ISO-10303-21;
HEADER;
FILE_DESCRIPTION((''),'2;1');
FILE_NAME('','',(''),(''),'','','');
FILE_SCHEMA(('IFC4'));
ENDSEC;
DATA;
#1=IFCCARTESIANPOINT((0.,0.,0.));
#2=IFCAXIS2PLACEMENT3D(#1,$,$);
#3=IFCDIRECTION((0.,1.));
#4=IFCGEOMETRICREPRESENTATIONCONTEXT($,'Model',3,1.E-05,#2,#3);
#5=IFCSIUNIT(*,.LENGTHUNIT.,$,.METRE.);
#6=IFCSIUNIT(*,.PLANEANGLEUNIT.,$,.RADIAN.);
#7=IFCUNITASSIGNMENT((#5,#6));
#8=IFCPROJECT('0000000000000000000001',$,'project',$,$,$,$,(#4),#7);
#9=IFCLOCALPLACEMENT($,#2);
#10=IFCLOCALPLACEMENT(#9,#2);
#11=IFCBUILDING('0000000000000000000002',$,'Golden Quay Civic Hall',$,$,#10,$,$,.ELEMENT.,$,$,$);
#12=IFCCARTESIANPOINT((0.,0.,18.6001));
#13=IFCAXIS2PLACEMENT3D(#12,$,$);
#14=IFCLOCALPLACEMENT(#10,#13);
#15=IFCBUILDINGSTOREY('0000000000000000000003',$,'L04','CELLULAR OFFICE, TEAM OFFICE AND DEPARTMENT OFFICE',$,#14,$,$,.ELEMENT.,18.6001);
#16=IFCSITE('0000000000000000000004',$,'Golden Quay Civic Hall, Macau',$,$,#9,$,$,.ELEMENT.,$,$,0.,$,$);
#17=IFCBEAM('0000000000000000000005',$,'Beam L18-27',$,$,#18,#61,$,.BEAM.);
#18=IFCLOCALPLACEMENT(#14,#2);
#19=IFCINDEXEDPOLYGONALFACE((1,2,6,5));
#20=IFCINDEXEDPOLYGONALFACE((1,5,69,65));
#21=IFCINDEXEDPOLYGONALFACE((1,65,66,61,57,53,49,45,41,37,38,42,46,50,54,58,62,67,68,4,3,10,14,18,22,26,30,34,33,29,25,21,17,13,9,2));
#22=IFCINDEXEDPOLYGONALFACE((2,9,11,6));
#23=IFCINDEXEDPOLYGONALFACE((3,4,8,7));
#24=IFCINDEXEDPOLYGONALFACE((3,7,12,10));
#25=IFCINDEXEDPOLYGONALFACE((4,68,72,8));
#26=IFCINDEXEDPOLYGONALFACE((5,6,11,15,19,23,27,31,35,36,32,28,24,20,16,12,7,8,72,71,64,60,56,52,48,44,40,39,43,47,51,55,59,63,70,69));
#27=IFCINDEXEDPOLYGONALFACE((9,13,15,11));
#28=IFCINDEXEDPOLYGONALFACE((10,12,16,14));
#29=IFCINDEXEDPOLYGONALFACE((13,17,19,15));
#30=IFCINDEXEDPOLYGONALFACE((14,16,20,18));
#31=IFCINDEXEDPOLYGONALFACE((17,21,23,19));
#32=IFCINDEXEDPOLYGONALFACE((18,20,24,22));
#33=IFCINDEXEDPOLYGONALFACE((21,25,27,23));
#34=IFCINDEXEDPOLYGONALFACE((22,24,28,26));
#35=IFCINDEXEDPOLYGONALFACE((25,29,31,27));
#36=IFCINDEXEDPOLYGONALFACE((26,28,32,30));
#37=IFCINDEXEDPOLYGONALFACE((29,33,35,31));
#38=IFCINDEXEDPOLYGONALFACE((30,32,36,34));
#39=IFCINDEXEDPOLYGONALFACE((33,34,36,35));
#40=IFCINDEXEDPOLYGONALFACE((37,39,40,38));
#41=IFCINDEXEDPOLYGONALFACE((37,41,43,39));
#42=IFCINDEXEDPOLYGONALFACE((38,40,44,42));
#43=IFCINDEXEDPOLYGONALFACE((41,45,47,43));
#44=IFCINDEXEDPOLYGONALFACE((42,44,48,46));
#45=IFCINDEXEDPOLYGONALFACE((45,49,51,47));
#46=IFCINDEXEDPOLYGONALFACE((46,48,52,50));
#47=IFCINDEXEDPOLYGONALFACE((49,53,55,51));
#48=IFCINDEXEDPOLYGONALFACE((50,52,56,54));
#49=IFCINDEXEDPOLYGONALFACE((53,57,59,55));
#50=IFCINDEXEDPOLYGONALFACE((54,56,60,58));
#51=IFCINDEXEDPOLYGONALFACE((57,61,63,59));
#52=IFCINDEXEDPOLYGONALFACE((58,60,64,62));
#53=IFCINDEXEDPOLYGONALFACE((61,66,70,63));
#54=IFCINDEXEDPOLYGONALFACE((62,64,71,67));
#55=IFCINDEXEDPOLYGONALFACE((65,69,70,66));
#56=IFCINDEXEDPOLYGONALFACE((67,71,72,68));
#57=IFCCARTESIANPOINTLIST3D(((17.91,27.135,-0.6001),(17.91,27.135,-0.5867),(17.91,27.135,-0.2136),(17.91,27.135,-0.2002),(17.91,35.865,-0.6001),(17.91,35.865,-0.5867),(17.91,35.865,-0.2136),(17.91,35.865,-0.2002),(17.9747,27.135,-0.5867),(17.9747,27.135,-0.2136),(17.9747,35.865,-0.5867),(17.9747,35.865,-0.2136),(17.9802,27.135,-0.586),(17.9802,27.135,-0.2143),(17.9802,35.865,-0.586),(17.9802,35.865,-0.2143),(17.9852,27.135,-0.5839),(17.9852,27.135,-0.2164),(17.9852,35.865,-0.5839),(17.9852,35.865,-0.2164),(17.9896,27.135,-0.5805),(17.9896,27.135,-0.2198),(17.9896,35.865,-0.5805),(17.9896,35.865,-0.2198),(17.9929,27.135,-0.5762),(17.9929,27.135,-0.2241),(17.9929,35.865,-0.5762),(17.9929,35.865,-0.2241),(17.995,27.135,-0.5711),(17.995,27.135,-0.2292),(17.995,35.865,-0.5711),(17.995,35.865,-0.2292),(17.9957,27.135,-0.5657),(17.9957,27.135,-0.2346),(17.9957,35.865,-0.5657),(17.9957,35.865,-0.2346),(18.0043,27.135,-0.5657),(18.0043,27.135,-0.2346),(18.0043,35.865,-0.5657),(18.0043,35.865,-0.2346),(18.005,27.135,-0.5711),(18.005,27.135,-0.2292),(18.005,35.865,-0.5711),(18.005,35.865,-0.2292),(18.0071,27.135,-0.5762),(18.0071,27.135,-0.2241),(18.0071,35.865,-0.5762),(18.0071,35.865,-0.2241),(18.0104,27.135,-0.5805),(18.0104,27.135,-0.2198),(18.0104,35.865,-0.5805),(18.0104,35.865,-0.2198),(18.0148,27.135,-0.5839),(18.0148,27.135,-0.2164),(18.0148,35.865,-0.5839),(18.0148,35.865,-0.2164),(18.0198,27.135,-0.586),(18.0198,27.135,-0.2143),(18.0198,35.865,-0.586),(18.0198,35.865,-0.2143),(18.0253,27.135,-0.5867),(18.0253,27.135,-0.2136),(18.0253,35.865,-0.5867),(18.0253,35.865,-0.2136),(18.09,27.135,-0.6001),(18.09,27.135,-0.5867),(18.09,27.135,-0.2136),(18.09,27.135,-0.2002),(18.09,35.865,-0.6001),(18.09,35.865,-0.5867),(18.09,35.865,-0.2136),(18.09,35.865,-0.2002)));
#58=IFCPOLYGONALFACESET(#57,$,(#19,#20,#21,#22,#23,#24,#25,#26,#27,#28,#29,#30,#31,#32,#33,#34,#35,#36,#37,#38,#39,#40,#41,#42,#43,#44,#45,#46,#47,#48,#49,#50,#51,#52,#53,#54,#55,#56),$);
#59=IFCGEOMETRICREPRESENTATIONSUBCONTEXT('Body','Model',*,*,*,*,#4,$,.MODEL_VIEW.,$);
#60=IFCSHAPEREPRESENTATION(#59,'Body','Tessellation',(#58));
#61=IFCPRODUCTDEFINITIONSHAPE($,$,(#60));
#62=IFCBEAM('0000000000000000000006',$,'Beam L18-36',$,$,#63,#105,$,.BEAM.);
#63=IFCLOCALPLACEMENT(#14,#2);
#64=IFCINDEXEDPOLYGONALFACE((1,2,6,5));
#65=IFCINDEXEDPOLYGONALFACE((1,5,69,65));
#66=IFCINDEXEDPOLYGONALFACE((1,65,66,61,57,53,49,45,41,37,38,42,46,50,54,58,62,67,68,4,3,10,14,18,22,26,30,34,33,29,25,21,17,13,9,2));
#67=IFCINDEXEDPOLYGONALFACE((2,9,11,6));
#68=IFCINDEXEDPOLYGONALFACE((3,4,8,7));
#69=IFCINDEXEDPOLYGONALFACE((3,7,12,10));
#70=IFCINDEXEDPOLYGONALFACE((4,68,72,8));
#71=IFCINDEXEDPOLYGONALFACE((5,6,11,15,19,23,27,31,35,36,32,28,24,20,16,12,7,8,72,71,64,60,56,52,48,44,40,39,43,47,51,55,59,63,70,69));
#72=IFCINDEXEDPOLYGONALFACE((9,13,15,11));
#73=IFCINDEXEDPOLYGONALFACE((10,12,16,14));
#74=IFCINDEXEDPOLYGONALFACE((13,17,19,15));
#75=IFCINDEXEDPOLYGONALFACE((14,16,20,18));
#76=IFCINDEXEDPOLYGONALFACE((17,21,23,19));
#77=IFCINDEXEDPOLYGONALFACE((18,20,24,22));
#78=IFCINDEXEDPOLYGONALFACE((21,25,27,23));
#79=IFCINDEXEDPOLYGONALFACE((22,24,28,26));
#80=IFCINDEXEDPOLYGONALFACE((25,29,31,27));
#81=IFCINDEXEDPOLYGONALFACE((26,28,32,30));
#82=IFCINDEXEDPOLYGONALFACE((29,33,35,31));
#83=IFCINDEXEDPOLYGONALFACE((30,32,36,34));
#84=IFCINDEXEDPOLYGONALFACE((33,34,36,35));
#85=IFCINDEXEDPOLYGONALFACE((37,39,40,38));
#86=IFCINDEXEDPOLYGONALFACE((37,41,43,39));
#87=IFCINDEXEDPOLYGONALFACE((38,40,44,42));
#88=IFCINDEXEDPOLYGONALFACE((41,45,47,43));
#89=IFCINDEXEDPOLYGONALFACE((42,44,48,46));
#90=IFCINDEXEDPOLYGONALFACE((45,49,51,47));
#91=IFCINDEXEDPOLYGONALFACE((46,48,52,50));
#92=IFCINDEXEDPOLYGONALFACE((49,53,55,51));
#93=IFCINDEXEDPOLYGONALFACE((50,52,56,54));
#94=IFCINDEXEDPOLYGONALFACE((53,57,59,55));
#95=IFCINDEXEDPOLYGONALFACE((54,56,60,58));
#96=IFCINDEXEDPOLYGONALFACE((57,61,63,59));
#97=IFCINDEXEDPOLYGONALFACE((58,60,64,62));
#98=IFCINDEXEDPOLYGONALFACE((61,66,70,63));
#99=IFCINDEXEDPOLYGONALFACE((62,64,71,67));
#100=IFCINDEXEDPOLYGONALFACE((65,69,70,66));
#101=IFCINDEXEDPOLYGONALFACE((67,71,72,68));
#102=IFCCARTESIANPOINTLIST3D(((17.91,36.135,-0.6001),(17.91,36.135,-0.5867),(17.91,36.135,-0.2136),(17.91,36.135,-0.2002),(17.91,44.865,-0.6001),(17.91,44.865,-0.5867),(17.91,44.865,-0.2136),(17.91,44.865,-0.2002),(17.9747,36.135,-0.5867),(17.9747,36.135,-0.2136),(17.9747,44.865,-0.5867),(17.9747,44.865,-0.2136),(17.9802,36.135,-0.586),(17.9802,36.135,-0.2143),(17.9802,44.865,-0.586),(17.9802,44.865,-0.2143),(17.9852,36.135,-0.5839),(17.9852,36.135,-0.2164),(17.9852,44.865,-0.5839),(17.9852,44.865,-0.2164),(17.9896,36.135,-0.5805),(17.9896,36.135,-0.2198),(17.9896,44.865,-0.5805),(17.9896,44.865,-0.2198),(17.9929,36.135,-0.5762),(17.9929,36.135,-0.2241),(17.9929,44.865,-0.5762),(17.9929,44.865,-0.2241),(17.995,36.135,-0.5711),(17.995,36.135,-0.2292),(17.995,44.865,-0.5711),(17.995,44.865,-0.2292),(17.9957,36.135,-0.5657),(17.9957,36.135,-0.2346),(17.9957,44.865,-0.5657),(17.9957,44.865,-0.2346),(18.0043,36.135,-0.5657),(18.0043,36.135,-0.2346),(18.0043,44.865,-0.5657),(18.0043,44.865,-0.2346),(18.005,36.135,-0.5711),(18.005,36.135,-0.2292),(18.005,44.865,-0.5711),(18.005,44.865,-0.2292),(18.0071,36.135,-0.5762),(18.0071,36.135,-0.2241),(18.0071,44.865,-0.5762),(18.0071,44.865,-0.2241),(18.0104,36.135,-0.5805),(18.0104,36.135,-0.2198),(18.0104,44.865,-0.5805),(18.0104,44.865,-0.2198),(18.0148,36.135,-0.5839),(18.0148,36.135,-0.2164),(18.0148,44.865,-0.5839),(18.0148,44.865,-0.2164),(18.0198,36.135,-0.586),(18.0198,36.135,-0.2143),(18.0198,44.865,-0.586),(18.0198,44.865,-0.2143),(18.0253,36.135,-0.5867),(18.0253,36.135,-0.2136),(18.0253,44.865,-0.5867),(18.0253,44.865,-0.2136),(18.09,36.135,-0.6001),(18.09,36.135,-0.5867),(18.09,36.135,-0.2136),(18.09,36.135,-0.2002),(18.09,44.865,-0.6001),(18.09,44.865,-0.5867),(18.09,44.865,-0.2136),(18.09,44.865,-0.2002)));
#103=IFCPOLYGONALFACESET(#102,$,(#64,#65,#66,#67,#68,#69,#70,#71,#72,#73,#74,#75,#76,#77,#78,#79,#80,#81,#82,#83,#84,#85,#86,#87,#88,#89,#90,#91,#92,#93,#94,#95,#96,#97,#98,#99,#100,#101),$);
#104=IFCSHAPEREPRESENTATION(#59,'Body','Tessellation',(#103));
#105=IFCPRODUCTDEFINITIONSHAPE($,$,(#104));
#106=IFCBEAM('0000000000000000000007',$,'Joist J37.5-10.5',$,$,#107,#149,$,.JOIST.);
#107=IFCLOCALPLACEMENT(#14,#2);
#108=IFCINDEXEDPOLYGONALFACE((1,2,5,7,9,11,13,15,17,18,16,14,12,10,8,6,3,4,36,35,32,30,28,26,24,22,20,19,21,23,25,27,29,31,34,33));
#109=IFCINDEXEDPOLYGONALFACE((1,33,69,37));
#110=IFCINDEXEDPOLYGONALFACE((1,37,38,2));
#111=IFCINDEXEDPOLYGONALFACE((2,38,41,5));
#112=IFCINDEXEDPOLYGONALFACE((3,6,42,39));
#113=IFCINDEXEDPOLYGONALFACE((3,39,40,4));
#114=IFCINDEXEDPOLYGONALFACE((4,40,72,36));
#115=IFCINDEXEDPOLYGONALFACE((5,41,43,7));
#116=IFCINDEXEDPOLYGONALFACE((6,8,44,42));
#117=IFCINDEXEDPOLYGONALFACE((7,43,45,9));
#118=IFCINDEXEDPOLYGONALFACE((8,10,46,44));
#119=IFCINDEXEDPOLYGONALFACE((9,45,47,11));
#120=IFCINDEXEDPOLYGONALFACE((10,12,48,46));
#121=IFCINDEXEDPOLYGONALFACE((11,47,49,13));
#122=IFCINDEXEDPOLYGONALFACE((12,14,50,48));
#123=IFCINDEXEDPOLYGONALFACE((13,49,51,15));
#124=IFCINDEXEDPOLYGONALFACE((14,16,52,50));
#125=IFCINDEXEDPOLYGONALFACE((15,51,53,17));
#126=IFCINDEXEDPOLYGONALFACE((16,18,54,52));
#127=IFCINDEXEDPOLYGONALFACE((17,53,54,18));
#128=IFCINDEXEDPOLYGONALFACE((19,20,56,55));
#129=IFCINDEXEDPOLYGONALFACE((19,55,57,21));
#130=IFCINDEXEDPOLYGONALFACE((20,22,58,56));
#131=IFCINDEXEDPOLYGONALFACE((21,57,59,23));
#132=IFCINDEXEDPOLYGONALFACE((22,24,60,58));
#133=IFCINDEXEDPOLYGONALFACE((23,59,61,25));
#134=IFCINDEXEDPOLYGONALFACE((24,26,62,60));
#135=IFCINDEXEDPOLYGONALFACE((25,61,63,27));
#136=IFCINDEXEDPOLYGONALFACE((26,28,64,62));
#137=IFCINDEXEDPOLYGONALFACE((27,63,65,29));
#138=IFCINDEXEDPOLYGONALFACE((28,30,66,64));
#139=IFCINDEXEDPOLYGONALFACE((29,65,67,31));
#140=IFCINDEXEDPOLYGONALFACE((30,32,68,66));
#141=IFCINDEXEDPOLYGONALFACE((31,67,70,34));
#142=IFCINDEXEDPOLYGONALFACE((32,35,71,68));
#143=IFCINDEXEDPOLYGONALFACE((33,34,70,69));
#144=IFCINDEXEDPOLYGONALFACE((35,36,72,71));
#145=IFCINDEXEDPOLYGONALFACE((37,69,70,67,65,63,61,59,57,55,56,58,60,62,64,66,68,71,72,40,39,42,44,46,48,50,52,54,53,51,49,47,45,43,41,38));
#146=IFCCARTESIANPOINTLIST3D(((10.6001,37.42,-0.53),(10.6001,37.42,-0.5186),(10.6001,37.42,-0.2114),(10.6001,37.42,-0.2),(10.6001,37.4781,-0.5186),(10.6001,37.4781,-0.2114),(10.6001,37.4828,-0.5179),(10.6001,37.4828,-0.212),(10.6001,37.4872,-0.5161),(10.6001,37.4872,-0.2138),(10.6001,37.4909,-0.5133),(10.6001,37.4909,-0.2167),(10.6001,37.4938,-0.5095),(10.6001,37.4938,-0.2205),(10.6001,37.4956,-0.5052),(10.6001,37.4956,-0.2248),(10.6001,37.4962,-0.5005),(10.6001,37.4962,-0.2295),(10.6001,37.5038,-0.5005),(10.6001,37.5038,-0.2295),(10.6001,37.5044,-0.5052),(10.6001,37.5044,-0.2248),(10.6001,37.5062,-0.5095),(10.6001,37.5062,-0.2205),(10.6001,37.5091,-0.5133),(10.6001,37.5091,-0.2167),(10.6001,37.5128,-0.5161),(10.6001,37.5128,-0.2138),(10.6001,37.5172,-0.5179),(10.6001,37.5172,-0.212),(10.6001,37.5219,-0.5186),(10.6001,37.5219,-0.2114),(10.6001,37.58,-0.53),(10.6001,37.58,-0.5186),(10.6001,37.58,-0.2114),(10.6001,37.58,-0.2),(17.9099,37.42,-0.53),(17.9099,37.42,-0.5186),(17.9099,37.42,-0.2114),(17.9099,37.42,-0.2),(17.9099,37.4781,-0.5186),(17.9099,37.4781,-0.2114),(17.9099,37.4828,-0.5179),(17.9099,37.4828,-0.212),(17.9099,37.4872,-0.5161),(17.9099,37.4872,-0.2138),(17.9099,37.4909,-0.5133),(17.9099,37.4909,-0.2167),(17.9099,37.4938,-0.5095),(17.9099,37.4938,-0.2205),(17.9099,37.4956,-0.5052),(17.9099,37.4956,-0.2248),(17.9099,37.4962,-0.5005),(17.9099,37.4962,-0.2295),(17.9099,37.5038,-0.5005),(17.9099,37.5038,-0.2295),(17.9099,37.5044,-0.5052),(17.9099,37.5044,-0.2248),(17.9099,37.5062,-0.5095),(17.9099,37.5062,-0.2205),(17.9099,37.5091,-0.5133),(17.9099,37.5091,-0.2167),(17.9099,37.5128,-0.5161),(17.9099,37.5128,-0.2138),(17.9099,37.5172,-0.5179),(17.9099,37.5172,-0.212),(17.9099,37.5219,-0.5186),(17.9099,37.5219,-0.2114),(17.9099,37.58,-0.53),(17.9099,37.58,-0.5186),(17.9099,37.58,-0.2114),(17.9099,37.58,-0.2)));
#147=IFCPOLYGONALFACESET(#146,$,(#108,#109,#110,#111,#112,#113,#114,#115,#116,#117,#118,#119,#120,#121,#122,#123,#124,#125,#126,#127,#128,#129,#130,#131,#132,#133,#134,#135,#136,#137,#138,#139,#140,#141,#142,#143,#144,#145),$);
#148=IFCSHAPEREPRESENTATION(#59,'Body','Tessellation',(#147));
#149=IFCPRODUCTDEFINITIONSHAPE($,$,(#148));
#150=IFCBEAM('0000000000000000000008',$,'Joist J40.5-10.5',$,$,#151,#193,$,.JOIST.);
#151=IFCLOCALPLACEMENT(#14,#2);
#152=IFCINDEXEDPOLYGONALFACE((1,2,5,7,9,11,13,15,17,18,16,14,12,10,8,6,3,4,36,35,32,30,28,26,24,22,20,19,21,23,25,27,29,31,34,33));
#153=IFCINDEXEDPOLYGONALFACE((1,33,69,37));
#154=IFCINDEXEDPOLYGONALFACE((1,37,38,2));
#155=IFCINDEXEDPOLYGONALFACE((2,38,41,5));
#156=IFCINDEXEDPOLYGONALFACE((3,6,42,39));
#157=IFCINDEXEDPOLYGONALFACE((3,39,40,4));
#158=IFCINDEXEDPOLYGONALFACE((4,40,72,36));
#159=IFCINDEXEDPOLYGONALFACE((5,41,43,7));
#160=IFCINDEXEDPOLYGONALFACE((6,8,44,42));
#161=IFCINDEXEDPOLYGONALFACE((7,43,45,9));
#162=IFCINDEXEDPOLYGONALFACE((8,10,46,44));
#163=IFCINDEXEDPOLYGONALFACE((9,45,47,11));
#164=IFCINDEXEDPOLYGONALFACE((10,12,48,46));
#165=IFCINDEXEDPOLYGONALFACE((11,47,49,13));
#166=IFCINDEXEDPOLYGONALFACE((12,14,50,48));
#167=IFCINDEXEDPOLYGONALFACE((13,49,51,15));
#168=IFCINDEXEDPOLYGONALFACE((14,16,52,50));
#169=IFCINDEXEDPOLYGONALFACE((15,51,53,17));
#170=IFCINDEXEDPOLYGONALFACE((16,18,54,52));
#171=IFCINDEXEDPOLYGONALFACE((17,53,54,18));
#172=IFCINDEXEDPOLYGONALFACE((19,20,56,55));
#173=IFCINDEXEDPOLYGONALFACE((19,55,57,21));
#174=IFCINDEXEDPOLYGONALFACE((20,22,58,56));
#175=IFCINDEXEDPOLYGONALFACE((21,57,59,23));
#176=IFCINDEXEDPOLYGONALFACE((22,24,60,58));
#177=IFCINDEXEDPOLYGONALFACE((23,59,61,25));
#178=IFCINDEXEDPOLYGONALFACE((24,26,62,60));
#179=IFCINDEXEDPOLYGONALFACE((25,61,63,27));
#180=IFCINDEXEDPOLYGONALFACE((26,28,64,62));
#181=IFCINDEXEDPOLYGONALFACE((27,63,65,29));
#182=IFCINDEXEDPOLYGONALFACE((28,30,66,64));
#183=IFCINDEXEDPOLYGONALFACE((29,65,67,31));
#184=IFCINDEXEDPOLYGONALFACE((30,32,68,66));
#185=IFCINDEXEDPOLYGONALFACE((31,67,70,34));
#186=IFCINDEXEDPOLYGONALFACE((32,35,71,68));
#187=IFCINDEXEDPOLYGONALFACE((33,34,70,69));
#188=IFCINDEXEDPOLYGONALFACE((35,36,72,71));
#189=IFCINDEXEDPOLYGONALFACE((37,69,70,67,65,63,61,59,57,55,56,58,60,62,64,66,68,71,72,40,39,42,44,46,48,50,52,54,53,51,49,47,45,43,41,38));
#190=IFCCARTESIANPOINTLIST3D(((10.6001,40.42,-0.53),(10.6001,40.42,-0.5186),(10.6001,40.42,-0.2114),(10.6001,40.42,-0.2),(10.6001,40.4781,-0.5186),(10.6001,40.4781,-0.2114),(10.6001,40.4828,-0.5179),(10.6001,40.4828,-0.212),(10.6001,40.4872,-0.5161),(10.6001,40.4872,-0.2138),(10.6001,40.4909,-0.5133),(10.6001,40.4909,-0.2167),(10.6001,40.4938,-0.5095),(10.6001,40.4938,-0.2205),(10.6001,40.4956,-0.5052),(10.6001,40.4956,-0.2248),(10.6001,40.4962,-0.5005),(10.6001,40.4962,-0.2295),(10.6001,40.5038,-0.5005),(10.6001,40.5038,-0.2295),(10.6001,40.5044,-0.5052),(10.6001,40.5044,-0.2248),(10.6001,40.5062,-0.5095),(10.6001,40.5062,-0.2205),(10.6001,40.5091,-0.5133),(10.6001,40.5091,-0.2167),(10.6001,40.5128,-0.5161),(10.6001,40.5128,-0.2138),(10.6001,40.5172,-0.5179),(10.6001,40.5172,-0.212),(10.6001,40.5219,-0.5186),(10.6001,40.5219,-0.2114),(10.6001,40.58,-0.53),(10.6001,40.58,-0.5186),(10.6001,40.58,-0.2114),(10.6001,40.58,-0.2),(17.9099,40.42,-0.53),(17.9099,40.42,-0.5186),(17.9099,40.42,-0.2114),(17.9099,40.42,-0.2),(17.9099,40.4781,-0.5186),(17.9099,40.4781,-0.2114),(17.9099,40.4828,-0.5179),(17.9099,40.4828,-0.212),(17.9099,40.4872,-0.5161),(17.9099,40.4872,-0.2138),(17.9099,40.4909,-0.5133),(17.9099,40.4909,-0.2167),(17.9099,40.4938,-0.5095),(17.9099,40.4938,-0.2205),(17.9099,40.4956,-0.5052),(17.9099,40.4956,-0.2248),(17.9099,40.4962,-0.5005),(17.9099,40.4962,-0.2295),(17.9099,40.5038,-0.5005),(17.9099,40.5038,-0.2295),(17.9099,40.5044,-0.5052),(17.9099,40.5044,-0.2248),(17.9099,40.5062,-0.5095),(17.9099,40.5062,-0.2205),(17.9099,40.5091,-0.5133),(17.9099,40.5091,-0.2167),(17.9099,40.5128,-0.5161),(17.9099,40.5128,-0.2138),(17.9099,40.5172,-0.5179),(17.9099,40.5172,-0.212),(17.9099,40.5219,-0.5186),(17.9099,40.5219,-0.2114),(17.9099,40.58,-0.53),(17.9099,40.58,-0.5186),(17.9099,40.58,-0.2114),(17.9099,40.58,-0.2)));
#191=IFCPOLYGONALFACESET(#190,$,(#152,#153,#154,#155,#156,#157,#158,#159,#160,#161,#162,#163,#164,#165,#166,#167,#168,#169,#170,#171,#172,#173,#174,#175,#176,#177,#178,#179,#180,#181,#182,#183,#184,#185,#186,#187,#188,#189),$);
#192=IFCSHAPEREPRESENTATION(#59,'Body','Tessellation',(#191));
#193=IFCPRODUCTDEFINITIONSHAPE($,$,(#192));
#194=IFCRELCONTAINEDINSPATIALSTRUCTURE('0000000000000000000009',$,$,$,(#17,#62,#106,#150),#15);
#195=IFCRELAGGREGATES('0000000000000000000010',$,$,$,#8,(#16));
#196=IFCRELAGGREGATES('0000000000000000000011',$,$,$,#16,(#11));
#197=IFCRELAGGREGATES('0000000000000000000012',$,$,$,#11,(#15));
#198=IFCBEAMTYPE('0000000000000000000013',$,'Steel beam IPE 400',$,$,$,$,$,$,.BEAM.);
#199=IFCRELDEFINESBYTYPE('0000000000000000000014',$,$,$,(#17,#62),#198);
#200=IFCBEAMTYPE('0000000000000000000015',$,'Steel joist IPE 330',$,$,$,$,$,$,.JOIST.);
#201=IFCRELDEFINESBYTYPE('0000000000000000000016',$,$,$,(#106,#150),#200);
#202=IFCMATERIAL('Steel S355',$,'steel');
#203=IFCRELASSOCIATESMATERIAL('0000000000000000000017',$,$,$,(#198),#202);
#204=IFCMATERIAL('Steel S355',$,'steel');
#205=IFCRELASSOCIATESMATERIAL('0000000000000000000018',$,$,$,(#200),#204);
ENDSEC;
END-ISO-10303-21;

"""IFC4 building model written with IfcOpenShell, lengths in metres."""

from ifc_helpers import new_model, si_unit, direction, frame, origin, origin_2d, place, context, subcontext, project, spatial, i_section, extrude, material, material_profile, profile_set, type_object, element, save


model = new_model("IFC4")

# Units and contexts
model_context = context("Model", 3, precision=1e-05, world=origin(), true_north=direction((0.0, 1.0)))
body_context = subcontext(model_context, "Body", "Model", "MODEL_VIEW")
ifc_project = project(units=[si_unit("LENGTHUNIT", "METRE"), si_unit("PLANEANGLEUNIT", "RADIAN")], contexts=[model_context])

# Site, building, storey
site_placement = place(None, origin())
site = spatial("IfcSite", under=ifc_project, at=site_placement, Name="Golden Quay Civic Hall, Macau", CompositionType="ELEMENT", RefElevation=0.0)
building_placement = place(site_placement, origin())
building = spatial("IfcBuilding", under=site, at=building_placement, Name="Golden Quay Civic Hall", CompositionType="ELEMENT")
storey_placement = place(building_placement, frame((0.0, 0.0, 18.6001)))
storey = spatial("IfcBuildingStorey", under=building, at=storey_placement, Name="L04", Description="CELLULAR OFFICE, TEAM OFFICE AND DEPARTMENT OFFICE", CompositionType="ELEMENT", Elevation=18.6001)

# Beams
ifc_material_1 = material(Name="Steel S355", Category="steel")
ifc_material_profile_1 = material_profile(ifc_material_1, i_section(OverallWidth=0.1799, OverallDepth=0.3999, WebThickness=0.0085, FlangeThickness=0.0134, FilletRadius=0.021, at=origin_2d()), Name="IPE 400")
ifc_profile_set_1 = profile_set([ifc_material_profile_1], Name="Steel S355")
beam_type_1 = type_object("IfcBeamType", Name="Steel beam IPE 400", PredefinedType="BEAM", material=ifc_profile_set_1)
for number, where, z_axis, x_axis, name in (
    (1, (18.0, 27.135, -0.4001), (0.0, 1.0, 0.0), (-1.0, 0.0, 0.0), "Beam L18-27"),
    (2, (18.0, 36.135, -0.4001), (0.0, 1.0, 0.0), (-1.0, 0.0, 0.0), "Beam L18-36"),
):
    element("IfcBeam", number, at=place(storey_placement, frame(where, z_axis=z_axis, x_axis=x_axis)), inside=storey, type_object=beam_type_1, Name=name, PredefinedType="BEAM", context=body_context, shape_type="SweptSolid", body=[
        extrude(i_section(OverallWidth=0.1799, OverallDepth=0.3999, WebThickness=0.0085, FlangeThickness=0.0134, FilletRadius=0.021, at=origin_2d()), origin(), (0.0, 0.0, 1.0), 8.73),
    ])
ifc_material_2 = material(Name="Steel S355", Category="steel")
ifc_material_profile_2 = material_profile(ifc_material_2, i_section(OverallWidth=0.1599, OverallDepth=0.3301, WebThickness=0.0076, FlangeThickness=0.0115, FilletRadius=0.0181, at=origin_2d()), Name="IPE 330")
ifc_profile_set_2 = profile_set([ifc_material_profile_2], Name="Steel S355")
beam_type_2 = type_object("IfcBeamType", Name="Steel joist IPE 330", PredefinedType="JOIST", material=ifc_profile_set_2)
for number, where, z_axis, x_axis, name in (
    (3, (10.6001, 37.5, -0.365), (1.0, 0.0, 0.0), (0.0, 1.0, 0.0), "Joist J37.5-10.5"),
    (4, (10.6001, 40.5, -0.365), (1.0, 0.0, 0.0), (0.0, 1.0, 0.0), "Joist J40.5-10.5"),
):
    element("IfcBeam", number, at=place(storey_placement, frame(where, z_axis=z_axis, x_axis=x_axis)), inside=storey, type_object=beam_type_2, Name=name, PredefinedType="JOIST", context=body_context, shape_type="SweptSolid", body=[
        extrude(i_section(OverallWidth=0.1599, OverallDepth=0.3301, WebThickness=0.0076, FlangeThickness=0.0115, FilletRadius=0.0181, at=origin_2d()), origin(), (0.0, 0.0, 1.0), 7.3098),
    ])

save(model, "model.ifc")
